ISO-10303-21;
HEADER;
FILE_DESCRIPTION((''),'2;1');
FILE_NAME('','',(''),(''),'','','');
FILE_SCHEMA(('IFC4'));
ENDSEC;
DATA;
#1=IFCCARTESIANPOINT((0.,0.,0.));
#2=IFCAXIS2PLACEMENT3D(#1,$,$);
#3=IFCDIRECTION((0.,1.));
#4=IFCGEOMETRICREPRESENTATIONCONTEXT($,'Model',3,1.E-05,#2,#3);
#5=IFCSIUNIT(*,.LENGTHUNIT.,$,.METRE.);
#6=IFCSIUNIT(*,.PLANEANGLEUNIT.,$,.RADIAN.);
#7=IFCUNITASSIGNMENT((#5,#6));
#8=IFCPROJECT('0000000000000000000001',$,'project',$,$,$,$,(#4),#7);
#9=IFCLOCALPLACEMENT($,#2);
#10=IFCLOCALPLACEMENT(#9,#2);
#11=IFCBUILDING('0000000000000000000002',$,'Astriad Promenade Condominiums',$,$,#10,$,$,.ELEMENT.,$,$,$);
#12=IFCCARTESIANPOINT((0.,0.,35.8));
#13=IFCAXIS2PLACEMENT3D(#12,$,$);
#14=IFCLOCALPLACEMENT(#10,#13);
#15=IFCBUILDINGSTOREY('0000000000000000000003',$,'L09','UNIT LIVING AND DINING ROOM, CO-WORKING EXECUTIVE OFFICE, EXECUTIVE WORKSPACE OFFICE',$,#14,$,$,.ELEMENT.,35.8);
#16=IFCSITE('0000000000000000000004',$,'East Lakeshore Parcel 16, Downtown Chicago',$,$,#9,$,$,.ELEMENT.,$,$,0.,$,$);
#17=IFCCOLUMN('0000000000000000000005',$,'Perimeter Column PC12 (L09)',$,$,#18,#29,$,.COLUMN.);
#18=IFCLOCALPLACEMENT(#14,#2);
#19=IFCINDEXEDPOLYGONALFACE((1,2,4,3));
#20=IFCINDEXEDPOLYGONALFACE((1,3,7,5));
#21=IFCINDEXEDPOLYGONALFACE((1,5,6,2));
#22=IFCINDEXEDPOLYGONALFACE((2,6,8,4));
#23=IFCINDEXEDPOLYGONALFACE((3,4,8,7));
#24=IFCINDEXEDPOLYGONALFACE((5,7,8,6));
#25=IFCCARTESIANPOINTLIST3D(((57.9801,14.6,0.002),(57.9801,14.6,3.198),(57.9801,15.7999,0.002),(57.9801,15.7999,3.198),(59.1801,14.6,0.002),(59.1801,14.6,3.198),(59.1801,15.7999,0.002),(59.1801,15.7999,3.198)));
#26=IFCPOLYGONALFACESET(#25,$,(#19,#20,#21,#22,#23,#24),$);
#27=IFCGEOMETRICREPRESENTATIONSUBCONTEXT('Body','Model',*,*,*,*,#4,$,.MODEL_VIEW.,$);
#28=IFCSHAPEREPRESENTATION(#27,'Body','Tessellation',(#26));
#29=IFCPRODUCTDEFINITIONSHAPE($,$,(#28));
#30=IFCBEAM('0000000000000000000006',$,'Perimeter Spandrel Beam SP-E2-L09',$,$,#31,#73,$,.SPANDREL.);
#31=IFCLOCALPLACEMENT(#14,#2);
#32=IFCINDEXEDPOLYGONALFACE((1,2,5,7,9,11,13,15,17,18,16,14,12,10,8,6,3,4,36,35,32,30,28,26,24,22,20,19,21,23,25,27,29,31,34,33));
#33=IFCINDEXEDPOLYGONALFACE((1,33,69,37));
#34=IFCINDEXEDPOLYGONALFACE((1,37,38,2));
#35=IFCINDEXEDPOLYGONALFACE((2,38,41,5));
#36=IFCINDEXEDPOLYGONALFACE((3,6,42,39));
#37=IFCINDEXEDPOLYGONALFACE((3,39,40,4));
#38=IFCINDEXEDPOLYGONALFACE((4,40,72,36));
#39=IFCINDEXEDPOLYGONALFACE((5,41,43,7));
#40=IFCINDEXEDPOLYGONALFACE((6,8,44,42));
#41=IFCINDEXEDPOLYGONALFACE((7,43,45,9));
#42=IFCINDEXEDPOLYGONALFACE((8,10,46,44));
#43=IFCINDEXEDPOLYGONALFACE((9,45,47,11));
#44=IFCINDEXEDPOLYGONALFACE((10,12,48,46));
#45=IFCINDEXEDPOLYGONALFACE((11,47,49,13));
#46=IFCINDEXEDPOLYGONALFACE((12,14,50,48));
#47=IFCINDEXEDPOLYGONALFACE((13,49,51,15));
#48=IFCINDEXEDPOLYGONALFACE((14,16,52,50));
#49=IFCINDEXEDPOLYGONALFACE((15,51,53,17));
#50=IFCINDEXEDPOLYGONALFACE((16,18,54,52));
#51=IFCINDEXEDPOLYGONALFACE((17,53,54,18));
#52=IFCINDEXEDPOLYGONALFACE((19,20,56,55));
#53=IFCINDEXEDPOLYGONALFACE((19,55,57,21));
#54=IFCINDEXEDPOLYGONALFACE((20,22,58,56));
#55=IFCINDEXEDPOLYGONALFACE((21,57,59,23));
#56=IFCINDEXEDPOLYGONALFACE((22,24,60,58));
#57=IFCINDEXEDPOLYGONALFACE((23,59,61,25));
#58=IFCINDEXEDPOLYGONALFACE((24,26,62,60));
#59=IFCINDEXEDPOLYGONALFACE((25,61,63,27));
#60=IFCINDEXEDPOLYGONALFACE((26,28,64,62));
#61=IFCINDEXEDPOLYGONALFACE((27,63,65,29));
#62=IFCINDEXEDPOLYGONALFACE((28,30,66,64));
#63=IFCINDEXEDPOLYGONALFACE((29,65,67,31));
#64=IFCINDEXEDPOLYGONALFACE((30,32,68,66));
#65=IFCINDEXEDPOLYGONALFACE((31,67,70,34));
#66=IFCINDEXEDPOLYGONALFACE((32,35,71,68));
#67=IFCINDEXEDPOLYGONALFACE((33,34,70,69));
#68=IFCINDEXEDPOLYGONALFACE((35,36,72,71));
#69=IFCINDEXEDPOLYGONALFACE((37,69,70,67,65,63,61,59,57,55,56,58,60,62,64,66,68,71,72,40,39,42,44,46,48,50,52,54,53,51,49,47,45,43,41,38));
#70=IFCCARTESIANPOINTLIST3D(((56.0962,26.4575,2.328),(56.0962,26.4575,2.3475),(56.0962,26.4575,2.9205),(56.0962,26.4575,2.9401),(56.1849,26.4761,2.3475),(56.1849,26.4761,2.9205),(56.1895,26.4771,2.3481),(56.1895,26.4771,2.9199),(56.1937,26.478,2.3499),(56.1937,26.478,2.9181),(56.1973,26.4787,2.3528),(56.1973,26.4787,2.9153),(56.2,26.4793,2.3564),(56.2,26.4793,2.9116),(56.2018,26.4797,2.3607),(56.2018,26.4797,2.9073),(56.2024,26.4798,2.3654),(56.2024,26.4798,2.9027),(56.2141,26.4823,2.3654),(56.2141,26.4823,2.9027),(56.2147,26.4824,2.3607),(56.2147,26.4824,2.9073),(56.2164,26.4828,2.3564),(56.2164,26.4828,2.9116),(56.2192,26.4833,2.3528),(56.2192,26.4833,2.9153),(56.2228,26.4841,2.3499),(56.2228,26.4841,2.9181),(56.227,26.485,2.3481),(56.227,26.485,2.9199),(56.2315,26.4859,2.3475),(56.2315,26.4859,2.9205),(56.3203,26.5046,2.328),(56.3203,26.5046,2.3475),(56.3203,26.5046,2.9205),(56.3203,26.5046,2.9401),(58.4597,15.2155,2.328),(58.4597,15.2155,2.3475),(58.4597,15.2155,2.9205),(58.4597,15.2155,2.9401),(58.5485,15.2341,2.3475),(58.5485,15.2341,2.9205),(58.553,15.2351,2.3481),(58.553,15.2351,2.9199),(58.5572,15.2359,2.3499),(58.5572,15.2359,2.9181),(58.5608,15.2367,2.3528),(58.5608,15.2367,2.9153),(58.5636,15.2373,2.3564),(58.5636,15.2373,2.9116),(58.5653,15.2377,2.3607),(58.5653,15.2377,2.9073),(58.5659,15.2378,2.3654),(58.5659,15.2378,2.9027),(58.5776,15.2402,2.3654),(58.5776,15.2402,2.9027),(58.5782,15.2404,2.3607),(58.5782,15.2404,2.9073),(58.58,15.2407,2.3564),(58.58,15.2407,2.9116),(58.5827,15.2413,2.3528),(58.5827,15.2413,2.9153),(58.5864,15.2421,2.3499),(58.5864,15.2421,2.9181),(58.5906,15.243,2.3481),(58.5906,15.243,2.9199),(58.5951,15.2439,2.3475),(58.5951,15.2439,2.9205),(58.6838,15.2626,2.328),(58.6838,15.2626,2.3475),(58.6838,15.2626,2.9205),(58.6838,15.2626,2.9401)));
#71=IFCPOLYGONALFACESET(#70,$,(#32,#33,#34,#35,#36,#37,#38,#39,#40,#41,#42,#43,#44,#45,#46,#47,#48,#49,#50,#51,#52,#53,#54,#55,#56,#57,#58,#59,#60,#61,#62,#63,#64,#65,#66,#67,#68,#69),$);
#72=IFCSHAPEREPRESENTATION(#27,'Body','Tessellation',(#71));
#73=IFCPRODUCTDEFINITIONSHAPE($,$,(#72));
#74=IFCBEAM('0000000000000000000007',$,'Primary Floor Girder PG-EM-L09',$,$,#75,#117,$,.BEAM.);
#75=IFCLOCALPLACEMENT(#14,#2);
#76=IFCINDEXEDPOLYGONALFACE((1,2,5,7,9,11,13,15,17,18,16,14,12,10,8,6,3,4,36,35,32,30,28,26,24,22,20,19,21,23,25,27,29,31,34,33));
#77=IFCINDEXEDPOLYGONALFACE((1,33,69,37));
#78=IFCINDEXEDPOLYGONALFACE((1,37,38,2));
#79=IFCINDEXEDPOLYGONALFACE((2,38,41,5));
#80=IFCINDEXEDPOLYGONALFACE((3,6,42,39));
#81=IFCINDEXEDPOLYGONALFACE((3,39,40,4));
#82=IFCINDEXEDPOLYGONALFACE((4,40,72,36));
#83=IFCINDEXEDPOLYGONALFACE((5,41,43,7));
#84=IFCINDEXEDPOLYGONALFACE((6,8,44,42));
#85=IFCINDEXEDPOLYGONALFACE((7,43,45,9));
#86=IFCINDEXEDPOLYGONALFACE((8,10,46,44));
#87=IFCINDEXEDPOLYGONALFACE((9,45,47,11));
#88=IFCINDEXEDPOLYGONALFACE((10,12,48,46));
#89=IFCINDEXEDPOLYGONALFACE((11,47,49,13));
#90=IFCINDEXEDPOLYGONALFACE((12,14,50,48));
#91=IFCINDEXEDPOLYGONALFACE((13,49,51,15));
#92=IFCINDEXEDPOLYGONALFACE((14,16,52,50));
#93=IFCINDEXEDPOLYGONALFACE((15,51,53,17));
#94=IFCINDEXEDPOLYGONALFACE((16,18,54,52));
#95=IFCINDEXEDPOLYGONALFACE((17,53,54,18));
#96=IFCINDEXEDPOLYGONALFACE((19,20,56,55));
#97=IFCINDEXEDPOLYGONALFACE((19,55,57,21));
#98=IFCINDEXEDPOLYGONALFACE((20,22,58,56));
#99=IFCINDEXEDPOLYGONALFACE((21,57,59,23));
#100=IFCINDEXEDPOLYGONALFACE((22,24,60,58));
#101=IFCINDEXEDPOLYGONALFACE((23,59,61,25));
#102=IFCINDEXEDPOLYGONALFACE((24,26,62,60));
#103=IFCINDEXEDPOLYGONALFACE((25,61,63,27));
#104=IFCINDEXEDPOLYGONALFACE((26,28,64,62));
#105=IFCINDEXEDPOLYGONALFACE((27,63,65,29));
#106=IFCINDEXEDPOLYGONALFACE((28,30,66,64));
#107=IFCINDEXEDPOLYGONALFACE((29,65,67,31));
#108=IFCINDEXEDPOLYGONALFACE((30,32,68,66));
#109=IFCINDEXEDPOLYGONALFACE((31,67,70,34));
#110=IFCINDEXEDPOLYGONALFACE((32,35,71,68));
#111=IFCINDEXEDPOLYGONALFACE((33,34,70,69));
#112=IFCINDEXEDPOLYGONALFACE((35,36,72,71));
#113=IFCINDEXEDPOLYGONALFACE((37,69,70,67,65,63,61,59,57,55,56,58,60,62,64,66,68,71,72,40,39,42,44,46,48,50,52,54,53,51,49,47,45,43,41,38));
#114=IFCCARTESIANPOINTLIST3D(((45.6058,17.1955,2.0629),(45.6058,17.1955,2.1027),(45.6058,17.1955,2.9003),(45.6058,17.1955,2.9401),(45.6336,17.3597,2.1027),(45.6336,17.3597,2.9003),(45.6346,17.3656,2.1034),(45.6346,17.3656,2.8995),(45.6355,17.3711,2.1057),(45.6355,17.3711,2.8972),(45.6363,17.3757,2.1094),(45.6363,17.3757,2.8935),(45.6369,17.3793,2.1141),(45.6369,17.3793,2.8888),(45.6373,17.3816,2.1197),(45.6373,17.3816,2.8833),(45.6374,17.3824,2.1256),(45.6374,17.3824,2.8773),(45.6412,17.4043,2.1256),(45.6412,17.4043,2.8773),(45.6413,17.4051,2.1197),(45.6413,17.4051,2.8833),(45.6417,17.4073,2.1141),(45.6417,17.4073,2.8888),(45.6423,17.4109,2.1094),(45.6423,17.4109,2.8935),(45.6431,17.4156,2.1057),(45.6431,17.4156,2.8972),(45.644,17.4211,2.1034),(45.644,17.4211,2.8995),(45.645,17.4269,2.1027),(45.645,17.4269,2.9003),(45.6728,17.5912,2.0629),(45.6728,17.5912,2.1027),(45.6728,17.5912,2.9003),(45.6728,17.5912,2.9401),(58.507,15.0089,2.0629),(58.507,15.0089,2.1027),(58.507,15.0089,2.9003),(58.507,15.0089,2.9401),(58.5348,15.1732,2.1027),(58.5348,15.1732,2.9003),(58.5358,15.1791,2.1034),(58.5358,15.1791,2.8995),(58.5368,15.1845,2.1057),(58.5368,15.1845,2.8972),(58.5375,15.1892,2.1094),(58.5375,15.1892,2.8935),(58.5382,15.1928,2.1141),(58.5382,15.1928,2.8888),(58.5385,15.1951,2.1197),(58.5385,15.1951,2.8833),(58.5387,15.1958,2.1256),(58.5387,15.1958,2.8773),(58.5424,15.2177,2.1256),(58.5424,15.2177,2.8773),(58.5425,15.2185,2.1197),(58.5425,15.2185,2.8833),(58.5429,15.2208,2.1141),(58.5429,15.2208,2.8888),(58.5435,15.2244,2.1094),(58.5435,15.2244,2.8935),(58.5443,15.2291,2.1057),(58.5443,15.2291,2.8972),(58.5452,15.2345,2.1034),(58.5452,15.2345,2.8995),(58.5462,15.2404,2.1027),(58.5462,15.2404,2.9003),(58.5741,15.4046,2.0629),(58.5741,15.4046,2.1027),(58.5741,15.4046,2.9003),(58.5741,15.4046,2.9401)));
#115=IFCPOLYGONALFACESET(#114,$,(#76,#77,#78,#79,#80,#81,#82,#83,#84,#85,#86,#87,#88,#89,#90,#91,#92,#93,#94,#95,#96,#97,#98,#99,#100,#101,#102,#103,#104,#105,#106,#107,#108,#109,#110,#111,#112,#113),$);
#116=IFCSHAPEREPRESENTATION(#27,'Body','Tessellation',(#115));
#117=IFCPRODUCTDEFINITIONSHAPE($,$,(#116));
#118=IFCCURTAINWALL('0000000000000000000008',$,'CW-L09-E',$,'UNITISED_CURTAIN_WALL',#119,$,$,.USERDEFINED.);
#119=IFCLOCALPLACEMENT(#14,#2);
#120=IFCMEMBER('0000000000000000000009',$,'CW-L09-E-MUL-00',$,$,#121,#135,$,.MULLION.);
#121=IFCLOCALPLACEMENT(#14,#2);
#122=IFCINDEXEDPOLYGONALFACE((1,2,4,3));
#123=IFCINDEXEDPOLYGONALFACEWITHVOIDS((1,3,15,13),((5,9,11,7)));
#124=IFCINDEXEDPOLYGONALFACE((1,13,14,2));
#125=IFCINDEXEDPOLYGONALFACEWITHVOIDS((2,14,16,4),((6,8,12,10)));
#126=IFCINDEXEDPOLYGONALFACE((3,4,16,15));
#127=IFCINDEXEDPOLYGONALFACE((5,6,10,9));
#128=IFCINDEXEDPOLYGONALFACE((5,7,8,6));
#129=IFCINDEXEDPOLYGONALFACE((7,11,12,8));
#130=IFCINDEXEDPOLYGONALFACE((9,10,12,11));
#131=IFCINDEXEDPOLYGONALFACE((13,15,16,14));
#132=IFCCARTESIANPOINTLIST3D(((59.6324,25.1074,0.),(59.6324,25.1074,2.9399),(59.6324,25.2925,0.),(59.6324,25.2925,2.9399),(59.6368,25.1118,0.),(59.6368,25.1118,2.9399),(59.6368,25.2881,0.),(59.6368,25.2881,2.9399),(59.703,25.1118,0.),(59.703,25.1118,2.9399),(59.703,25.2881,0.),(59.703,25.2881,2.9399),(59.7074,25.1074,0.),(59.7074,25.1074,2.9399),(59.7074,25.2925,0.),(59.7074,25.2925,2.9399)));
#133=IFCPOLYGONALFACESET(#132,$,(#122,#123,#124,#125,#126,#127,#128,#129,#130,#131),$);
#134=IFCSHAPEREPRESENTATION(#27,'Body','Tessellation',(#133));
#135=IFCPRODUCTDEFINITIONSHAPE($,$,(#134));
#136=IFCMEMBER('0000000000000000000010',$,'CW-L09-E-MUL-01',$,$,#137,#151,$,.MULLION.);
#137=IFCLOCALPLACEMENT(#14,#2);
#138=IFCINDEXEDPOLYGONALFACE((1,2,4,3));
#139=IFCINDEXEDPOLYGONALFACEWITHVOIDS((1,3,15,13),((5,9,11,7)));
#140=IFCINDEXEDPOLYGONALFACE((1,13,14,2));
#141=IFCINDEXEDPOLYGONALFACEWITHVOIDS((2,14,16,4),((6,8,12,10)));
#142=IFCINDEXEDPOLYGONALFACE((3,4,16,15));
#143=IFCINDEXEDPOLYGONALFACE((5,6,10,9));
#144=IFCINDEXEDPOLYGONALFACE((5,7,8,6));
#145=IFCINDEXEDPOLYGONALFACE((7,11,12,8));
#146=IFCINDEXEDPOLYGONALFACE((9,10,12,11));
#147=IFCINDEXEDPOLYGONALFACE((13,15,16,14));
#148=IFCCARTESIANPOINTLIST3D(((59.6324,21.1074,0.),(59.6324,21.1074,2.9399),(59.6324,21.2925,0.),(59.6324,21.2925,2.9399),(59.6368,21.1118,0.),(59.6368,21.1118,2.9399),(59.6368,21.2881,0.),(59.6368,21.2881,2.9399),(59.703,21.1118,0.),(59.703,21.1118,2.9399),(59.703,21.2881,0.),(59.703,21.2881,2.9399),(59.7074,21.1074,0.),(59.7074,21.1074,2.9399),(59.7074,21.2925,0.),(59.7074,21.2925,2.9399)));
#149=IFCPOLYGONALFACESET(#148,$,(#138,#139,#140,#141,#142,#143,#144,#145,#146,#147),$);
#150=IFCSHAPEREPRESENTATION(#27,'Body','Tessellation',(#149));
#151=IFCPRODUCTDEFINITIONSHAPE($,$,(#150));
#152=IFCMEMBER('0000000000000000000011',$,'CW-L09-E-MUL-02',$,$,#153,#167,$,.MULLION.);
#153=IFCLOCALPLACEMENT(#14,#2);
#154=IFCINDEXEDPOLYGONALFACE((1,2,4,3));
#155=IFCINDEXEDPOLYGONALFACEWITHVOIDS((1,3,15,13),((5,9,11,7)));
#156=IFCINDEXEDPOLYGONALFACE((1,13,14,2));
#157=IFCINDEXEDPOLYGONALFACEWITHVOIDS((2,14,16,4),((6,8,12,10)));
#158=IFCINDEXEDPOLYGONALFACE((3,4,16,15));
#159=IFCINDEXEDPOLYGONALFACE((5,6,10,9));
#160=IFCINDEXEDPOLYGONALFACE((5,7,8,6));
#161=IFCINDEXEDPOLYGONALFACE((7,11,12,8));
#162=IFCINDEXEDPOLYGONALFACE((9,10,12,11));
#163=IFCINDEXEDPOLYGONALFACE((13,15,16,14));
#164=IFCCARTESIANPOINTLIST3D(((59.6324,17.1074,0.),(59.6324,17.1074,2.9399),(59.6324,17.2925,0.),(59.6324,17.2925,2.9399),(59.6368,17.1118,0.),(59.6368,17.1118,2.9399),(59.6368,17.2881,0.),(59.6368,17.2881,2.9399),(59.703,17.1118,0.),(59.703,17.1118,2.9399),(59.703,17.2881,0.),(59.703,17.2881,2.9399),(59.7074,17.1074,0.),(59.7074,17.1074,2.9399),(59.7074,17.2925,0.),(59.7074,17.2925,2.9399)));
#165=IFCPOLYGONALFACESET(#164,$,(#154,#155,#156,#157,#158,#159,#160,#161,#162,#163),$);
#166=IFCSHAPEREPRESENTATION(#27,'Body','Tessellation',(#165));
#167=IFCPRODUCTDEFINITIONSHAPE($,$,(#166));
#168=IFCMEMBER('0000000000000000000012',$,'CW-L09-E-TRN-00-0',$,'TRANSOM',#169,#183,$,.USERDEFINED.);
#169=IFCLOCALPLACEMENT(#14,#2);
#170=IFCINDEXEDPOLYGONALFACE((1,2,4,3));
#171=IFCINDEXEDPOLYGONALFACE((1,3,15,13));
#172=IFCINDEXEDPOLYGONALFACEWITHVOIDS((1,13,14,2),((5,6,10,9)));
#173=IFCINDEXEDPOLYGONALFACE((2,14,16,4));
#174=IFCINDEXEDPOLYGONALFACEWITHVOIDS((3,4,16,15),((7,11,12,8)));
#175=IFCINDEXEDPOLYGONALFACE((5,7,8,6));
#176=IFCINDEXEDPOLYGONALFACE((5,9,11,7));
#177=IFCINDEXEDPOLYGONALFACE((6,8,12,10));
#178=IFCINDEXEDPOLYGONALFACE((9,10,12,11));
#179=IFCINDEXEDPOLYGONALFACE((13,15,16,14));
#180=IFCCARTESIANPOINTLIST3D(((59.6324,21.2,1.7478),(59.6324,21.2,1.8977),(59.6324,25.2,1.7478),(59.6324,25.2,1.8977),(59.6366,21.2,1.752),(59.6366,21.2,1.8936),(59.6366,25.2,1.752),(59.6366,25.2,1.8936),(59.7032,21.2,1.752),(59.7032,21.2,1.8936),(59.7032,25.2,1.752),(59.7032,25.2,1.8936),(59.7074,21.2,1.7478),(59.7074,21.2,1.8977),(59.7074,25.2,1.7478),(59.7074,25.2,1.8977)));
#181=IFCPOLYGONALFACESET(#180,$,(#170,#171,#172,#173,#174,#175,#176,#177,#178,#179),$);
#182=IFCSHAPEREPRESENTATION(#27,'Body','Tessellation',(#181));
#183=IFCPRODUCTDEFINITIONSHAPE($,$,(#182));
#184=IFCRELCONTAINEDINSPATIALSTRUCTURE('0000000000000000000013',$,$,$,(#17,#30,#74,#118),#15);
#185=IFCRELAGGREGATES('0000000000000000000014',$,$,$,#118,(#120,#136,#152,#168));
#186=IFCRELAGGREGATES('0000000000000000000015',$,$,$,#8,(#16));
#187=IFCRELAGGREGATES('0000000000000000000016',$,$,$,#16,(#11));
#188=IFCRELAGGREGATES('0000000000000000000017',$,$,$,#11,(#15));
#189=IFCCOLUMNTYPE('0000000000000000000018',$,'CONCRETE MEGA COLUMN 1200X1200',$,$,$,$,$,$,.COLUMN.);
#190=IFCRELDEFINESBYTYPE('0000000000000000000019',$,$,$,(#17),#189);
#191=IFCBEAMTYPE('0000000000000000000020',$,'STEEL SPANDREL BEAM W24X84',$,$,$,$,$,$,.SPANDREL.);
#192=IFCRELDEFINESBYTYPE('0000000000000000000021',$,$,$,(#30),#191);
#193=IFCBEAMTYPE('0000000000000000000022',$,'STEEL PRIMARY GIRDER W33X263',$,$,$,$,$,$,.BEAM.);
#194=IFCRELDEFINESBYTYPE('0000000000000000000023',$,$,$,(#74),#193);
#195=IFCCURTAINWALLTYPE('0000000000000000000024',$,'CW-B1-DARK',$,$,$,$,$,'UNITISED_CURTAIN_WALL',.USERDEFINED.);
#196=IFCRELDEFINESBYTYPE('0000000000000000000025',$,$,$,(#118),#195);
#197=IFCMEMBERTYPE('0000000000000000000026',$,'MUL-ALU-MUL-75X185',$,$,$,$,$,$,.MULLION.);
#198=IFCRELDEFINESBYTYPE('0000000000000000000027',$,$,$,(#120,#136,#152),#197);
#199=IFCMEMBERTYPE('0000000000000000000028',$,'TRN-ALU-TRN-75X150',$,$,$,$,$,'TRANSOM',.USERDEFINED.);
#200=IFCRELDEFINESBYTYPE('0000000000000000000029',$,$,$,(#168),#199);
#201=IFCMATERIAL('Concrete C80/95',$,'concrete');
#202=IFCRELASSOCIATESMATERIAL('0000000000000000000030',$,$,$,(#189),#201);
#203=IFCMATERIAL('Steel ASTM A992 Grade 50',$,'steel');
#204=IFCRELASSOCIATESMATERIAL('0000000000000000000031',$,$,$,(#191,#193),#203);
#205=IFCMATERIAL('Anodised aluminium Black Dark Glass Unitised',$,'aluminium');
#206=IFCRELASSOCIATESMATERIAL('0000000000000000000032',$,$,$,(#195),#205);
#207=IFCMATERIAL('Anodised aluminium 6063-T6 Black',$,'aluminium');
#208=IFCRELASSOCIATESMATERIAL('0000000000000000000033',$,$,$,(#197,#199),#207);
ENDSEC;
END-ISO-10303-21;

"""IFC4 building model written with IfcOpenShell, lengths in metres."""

from ifc_helpers import new_model, si_unit, direction, frame, origin, origin_2d, place, context, subcontext, project, spatial, rectangle, hollow_rectangle, i_section, extrude, source, transform, mapped, material, material_profile, profile_set, type_object, type_shapes, element, aggregate, save


model = new_model("IFC4")

# Units and contexts
model_context = context("Model", 3, precision=1e-05, world=origin(), true_north=direction((0.0, 1.0)))
body_context = subcontext(model_context, "Body", "Model", "MODEL_VIEW")
ifc_project = project(units=[si_unit("LENGTHUNIT", "METRE"), si_unit("PLANEANGLEUNIT", "RADIAN")], contexts=[model_context])

# Site, building, storey
site_placement = place(None, origin())
site = spatial("IfcSite", under=ifc_project, at=site_placement, Name="East Lakeshore Parcel 16, Downtown Chicago", CompositionType="ELEMENT", RefElevation=0.0)
building_placement = place(site_placement, origin())
building = spatial("IfcBuilding", under=site, at=building_placement, Name="Astriad Promenade Condominiums", CompositionType="ELEMENT")
storey_placement = place(building_placement, frame((0.0, 0.0, 35.8)))
storey = spatial("IfcBuildingStorey", under=building, at=storey_placement, Name="L09", Description="UNIT LIVING AND DINING ROOM, CO-WORKING EXECUTIVE OFFICE, EXECUTIVE WORKSPACE OFFICE", CompositionType="ELEMENT", Elevation=35.8)

# Column
ifc_material_1 = material(Name="Concrete C80/95", Category="concrete")
ifc_material_profile_1 = material_profile(ifc_material_1, rectangle(XDim=1.2, YDim=1.2, at=origin_2d()), Name="RC-COL-1200X1200")
ifc_profile_set_1 = profile_set([ifc_material_profile_1], Name="Concrete C80/95")
column_type = type_object("IfcColumnType", Name="CONCRETE MEGA COLUMN 1200X1200", PredefinedType="COLUMN", material=ifc_profile_set_1)
shared_shape_1 = source(origin(), body_context, "Body", "SweptSolid", [
    extrude(rectangle(XDim=1.2, YDim=1.2, at=origin_2d()), origin(), (0.0, 0.0, 1.0), 3.196),
])
type_shapes(column_type, [shared_shape_1])
column_placement = place(storey_placement, frame((58.5801, 15.2, 0.002), z_axis=(0.0, 0.0, 1.0), x_axis=(1.0, 0.0, 0.0)))
element("IfcColumn", 1, at=column_placement, inside=storey, type_object=column_type, Name="Perimeter Column PC12 (L09)", PredefinedType="COLUMN", context=body_context, shape_type="MappedRepresentation", body=[
    mapped(shared_shape_1, transform((0.0, 0.0, 0.0), scale=1.0)),
])

# Beams
ifc_material_2 = material(Name="Steel ASTM A992 Grade 50", Category="steel")
ifc_material_profile_2 = material_profile(ifc_material_2, i_section(OverallWidth=0.229, OverallDepth=0.6121, WebThickness=0.012, FlangeThickness=0.0195, FilletRadius=0.0178, at=origin_2d()), Name="W24X84")
ifc_profile_set_2 = profile_set([ifc_material_profile_2], Name="Steel ASTM A992 Grade 50")
beam_type_1 = type_object("IfcBeamType", Name="STEEL SPANDREL BEAM W24X84", PredefinedType="SPANDREL", material=ifc_profile_set_2)
shared_shape_2 = source(origin(), body_context, "Body", "SweptSolid", [
    extrude(i_section(OverallWidth=0.229, OverallDepth=0.6121, WebThickness=0.012, FlangeThickness=0.0195, FilletRadius=0.0178, at=origin_2d()), origin(), (0.0, 0.0, 1.0), 11.4878),
])
type_shapes(beam_type_1, [shared_shape_2])
beam_1_placement = place(storey_placement, frame((58.5718, 15.239, 2.634), z_axis=(-0.205744, 0.978606, 0.0), x_axis=(-0.978606, -0.205744, 0.0)))
element("IfcBeam", 2, at=beam_1_placement, inside=storey, type_object=beam_type_1, Name="Perimeter Spandrel Beam SP-E2-L09", PredefinedType="SPANDREL", context=body_context, shape_type="MappedRepresentation", body=[
    mapped(shared_shape_2, transform((0.0, 0.0, 0.0), scale=1.0)),
])
ifc_material_profile_3 = material_profile(ifc_material_2, i_section(OverallWidth=0.4014, OverallDepth=0.8772, WebThickness=0.0222, FlangeThickness=0.0398, FilletRadius=0.0229, at=origin_2d()), Name="W33X263")
ifc_profile_set_3 = profile_set([ifc_material_profile_3], Name="Steel ASTM A992 Grade 50")
beam_type_2 = type_object("IfcBeamType", Name="STEEL PRIMARY GIRDER W33X263", PredefinedType="BEAM", material=ifc_profile_set_3)
shared_shape_3 = source(origin(), body_context, "Body", "SweptSolid", [
    extrude(i_section(OverallWidth=0.4014, OverallDepth=0.8772, WebThickness=0.0222, FlangeThickness=0.0398, FilletRadius=0.0229, at=origin_2d()), origin(), (0.0, 0.0, 1.0), 13.0852),
])
type_shapes(beam_type_2, [shared_shape_3])
beam_2_placement = place(storey_placement, frame((58.5405, 15.2068, 2.5015), z_axis=(-0.98594, 0.1671, 0.0), x_axis=(-0.1671, -0.98594, 0.0)))
element("IfcBeam", 3, at=beam_2_placement, inside=storey, type_object=beam_type_2, Name="Primary Floor Girder PG-EM-L09", PredefinedType="BEAM", context=body_context, shape_type="MappedRepresentation", body=[
    mapped(shared_shape_3, transform((0.0, 0.0, 0.0), scale=1.0)),
])

# Curtain wall, members
ifc_material_3 = material(Name="Anodised aluminium Black Dark Glass Unitised", Category="aluminium")
curtain_wall_type = type_object("IfcCurtainWallType", Name="CW-B1-DARK", ElementType="UNITISED_CURTAIN_WALL", PredefinedType="USERDEFINED", material=ifc_material_3)
curtain_wall_placement = place(storey_placement, origin())
curtain_wall = element("IfcCurtainWall", 4, at=curtain_wall_placement, inside=storey, type_object=curtain_wall_type, Name="CW-L09-E", ObjectType="UNITISED_CURTAIN_WALL", PredefinedType="USERDEFINED")
ifc_material_4 = material(Name="Anodised aluminium 6063-T6 Black", Category="aluminium")
ifc_material_profile_4 = material_profile(ifc_material_4, hollow_rectangle(XDim=0.075, YDim=0.1851, WallThickness=0.0044, at=origin_2d()), Name="ALU-MUL-75X185")
ifc_profile_set_4 = profile_set([ifc_material_profile_4], Name="Anodised aluminium 6063-T6 Black")
member_type_1 = type_object("IfcMemberType", Name="MUL-ALU-MUL-75X185", PredefinedType="MULLION", material=ifc_profile_set_4)
shared_shape_4 = source(origin(), body_context, "Body", "SweptSolid", [
    extrude(hollow_rectangle(XDim=0.075, YDim=0.1851, WallThickness=0.0044, at=origin_2d()), origin(), (0.0, 0.0, 1.0), 2.9399),
])
type_shapes(member_type_1, [shared_shape_4])
member_1_placement = place(storey_placement, frame((59.6699, 25.2, 0.0), z_axis=(0.0, 0.0, 1.0), x_axis=(1.0, 0.0, 0.0)))
member_1 = element("IfcMember", 5, at=member_1_placement, type_object=member_type_1, Name="CW-L09-E-MUL-00", PredefinedType="MULLION", context=body_context, shape_type="MappedRepresentation", body=[
    mapped(shared_shape_4, transform((0.0, 0.0, 0.0), scale=1.0)),
])
member_2_placement = place(storey_placement, frame((59.6699, 21.2, 0.0), z_axis=(0.0, 0.0, 1.0), x_axis=(1.0, 0.0, 0.0)))
member_2 = element("IfcMember", 6, at=member_2_placement, type_object=member_type_1, Name="CW-L09-E-MUL-01", PredefinedType="MULLION", context=body_context, shape_type="MappedRepresentation", body=[
    mapped(shared_shape_4, transform((0.0, 0.0, 0.0), scale=1.0)),
])
member_3_placement = place(storey_placement, frame((59.6699, 17.2, 0.0), z_axis=(0.0, 0.0, 1.0), x_axis=(1.0, 0.0, 0.0)))
member_3 = element("IfcMember", 7, at=member_3_placement, type_object=member_type_1, Name="CW-L09-E-MUL-02", PredefinedType="MULLION", context=body_context, shape_type="MappedRepresentation", body=[
    mapped(shared_shape_4, transform((0.0, 0.0, 0.0), scale=1.0)),
])
ifc_material_profile_5 = material_profile(ifc_material_4, hollow_rectangle(XDim=0.075, YDim=0.1499, WallThickness=0.0042, at=origin_2d()), Name="ALU-TRN-75X150")
ifc_profile_set_5 = profile_set([ifc_material_profile_5], Name="Anodised aluminium 6063-T6 Black")
member_type_2 = type_object("IfcMemberType", Name="TRN-ALU-TRN-75X150", ElementType="TRANSOM", PredefinedType="USERDEFINED", material=ifc_profile_set_5)
shared_shape_5 = source(origin(), body_context, "Body", "SweptSolid", [
    extrude(hollow_rectangle(XDim=0.075, YDim=0.1499, WallThickness=0.0042, at=origin_2d()), origin(), (0.0, 0.0, 1.0), 4.0),
])
type_shapes(member_type_2, [shared_shape_5])
member_4_placement = place(storey_placement, frame((59.6699, 25.2, 1.8228), z_axis=(0.0, -1.0, 0.0), x_axis=(1.0, 0.0, 0.0)))
member_4 = element("IfcMember", 8, at=member_4_placement, type_object=member_type_2, Name="CW-L09-E-TRN-00-0", ObjectType="TRANSOM", PredefinedType="USERDEFINED", context=body_context, shape_type="MappedRepresentation", body=[
    mapped(shared_shape_5, transform((0.0, 0.0, 0.0), scale=1.0)),
])
aggregate(curtain_wall, [member_1, member_2, member_3, member_4])

save(model, "model.ifc")
